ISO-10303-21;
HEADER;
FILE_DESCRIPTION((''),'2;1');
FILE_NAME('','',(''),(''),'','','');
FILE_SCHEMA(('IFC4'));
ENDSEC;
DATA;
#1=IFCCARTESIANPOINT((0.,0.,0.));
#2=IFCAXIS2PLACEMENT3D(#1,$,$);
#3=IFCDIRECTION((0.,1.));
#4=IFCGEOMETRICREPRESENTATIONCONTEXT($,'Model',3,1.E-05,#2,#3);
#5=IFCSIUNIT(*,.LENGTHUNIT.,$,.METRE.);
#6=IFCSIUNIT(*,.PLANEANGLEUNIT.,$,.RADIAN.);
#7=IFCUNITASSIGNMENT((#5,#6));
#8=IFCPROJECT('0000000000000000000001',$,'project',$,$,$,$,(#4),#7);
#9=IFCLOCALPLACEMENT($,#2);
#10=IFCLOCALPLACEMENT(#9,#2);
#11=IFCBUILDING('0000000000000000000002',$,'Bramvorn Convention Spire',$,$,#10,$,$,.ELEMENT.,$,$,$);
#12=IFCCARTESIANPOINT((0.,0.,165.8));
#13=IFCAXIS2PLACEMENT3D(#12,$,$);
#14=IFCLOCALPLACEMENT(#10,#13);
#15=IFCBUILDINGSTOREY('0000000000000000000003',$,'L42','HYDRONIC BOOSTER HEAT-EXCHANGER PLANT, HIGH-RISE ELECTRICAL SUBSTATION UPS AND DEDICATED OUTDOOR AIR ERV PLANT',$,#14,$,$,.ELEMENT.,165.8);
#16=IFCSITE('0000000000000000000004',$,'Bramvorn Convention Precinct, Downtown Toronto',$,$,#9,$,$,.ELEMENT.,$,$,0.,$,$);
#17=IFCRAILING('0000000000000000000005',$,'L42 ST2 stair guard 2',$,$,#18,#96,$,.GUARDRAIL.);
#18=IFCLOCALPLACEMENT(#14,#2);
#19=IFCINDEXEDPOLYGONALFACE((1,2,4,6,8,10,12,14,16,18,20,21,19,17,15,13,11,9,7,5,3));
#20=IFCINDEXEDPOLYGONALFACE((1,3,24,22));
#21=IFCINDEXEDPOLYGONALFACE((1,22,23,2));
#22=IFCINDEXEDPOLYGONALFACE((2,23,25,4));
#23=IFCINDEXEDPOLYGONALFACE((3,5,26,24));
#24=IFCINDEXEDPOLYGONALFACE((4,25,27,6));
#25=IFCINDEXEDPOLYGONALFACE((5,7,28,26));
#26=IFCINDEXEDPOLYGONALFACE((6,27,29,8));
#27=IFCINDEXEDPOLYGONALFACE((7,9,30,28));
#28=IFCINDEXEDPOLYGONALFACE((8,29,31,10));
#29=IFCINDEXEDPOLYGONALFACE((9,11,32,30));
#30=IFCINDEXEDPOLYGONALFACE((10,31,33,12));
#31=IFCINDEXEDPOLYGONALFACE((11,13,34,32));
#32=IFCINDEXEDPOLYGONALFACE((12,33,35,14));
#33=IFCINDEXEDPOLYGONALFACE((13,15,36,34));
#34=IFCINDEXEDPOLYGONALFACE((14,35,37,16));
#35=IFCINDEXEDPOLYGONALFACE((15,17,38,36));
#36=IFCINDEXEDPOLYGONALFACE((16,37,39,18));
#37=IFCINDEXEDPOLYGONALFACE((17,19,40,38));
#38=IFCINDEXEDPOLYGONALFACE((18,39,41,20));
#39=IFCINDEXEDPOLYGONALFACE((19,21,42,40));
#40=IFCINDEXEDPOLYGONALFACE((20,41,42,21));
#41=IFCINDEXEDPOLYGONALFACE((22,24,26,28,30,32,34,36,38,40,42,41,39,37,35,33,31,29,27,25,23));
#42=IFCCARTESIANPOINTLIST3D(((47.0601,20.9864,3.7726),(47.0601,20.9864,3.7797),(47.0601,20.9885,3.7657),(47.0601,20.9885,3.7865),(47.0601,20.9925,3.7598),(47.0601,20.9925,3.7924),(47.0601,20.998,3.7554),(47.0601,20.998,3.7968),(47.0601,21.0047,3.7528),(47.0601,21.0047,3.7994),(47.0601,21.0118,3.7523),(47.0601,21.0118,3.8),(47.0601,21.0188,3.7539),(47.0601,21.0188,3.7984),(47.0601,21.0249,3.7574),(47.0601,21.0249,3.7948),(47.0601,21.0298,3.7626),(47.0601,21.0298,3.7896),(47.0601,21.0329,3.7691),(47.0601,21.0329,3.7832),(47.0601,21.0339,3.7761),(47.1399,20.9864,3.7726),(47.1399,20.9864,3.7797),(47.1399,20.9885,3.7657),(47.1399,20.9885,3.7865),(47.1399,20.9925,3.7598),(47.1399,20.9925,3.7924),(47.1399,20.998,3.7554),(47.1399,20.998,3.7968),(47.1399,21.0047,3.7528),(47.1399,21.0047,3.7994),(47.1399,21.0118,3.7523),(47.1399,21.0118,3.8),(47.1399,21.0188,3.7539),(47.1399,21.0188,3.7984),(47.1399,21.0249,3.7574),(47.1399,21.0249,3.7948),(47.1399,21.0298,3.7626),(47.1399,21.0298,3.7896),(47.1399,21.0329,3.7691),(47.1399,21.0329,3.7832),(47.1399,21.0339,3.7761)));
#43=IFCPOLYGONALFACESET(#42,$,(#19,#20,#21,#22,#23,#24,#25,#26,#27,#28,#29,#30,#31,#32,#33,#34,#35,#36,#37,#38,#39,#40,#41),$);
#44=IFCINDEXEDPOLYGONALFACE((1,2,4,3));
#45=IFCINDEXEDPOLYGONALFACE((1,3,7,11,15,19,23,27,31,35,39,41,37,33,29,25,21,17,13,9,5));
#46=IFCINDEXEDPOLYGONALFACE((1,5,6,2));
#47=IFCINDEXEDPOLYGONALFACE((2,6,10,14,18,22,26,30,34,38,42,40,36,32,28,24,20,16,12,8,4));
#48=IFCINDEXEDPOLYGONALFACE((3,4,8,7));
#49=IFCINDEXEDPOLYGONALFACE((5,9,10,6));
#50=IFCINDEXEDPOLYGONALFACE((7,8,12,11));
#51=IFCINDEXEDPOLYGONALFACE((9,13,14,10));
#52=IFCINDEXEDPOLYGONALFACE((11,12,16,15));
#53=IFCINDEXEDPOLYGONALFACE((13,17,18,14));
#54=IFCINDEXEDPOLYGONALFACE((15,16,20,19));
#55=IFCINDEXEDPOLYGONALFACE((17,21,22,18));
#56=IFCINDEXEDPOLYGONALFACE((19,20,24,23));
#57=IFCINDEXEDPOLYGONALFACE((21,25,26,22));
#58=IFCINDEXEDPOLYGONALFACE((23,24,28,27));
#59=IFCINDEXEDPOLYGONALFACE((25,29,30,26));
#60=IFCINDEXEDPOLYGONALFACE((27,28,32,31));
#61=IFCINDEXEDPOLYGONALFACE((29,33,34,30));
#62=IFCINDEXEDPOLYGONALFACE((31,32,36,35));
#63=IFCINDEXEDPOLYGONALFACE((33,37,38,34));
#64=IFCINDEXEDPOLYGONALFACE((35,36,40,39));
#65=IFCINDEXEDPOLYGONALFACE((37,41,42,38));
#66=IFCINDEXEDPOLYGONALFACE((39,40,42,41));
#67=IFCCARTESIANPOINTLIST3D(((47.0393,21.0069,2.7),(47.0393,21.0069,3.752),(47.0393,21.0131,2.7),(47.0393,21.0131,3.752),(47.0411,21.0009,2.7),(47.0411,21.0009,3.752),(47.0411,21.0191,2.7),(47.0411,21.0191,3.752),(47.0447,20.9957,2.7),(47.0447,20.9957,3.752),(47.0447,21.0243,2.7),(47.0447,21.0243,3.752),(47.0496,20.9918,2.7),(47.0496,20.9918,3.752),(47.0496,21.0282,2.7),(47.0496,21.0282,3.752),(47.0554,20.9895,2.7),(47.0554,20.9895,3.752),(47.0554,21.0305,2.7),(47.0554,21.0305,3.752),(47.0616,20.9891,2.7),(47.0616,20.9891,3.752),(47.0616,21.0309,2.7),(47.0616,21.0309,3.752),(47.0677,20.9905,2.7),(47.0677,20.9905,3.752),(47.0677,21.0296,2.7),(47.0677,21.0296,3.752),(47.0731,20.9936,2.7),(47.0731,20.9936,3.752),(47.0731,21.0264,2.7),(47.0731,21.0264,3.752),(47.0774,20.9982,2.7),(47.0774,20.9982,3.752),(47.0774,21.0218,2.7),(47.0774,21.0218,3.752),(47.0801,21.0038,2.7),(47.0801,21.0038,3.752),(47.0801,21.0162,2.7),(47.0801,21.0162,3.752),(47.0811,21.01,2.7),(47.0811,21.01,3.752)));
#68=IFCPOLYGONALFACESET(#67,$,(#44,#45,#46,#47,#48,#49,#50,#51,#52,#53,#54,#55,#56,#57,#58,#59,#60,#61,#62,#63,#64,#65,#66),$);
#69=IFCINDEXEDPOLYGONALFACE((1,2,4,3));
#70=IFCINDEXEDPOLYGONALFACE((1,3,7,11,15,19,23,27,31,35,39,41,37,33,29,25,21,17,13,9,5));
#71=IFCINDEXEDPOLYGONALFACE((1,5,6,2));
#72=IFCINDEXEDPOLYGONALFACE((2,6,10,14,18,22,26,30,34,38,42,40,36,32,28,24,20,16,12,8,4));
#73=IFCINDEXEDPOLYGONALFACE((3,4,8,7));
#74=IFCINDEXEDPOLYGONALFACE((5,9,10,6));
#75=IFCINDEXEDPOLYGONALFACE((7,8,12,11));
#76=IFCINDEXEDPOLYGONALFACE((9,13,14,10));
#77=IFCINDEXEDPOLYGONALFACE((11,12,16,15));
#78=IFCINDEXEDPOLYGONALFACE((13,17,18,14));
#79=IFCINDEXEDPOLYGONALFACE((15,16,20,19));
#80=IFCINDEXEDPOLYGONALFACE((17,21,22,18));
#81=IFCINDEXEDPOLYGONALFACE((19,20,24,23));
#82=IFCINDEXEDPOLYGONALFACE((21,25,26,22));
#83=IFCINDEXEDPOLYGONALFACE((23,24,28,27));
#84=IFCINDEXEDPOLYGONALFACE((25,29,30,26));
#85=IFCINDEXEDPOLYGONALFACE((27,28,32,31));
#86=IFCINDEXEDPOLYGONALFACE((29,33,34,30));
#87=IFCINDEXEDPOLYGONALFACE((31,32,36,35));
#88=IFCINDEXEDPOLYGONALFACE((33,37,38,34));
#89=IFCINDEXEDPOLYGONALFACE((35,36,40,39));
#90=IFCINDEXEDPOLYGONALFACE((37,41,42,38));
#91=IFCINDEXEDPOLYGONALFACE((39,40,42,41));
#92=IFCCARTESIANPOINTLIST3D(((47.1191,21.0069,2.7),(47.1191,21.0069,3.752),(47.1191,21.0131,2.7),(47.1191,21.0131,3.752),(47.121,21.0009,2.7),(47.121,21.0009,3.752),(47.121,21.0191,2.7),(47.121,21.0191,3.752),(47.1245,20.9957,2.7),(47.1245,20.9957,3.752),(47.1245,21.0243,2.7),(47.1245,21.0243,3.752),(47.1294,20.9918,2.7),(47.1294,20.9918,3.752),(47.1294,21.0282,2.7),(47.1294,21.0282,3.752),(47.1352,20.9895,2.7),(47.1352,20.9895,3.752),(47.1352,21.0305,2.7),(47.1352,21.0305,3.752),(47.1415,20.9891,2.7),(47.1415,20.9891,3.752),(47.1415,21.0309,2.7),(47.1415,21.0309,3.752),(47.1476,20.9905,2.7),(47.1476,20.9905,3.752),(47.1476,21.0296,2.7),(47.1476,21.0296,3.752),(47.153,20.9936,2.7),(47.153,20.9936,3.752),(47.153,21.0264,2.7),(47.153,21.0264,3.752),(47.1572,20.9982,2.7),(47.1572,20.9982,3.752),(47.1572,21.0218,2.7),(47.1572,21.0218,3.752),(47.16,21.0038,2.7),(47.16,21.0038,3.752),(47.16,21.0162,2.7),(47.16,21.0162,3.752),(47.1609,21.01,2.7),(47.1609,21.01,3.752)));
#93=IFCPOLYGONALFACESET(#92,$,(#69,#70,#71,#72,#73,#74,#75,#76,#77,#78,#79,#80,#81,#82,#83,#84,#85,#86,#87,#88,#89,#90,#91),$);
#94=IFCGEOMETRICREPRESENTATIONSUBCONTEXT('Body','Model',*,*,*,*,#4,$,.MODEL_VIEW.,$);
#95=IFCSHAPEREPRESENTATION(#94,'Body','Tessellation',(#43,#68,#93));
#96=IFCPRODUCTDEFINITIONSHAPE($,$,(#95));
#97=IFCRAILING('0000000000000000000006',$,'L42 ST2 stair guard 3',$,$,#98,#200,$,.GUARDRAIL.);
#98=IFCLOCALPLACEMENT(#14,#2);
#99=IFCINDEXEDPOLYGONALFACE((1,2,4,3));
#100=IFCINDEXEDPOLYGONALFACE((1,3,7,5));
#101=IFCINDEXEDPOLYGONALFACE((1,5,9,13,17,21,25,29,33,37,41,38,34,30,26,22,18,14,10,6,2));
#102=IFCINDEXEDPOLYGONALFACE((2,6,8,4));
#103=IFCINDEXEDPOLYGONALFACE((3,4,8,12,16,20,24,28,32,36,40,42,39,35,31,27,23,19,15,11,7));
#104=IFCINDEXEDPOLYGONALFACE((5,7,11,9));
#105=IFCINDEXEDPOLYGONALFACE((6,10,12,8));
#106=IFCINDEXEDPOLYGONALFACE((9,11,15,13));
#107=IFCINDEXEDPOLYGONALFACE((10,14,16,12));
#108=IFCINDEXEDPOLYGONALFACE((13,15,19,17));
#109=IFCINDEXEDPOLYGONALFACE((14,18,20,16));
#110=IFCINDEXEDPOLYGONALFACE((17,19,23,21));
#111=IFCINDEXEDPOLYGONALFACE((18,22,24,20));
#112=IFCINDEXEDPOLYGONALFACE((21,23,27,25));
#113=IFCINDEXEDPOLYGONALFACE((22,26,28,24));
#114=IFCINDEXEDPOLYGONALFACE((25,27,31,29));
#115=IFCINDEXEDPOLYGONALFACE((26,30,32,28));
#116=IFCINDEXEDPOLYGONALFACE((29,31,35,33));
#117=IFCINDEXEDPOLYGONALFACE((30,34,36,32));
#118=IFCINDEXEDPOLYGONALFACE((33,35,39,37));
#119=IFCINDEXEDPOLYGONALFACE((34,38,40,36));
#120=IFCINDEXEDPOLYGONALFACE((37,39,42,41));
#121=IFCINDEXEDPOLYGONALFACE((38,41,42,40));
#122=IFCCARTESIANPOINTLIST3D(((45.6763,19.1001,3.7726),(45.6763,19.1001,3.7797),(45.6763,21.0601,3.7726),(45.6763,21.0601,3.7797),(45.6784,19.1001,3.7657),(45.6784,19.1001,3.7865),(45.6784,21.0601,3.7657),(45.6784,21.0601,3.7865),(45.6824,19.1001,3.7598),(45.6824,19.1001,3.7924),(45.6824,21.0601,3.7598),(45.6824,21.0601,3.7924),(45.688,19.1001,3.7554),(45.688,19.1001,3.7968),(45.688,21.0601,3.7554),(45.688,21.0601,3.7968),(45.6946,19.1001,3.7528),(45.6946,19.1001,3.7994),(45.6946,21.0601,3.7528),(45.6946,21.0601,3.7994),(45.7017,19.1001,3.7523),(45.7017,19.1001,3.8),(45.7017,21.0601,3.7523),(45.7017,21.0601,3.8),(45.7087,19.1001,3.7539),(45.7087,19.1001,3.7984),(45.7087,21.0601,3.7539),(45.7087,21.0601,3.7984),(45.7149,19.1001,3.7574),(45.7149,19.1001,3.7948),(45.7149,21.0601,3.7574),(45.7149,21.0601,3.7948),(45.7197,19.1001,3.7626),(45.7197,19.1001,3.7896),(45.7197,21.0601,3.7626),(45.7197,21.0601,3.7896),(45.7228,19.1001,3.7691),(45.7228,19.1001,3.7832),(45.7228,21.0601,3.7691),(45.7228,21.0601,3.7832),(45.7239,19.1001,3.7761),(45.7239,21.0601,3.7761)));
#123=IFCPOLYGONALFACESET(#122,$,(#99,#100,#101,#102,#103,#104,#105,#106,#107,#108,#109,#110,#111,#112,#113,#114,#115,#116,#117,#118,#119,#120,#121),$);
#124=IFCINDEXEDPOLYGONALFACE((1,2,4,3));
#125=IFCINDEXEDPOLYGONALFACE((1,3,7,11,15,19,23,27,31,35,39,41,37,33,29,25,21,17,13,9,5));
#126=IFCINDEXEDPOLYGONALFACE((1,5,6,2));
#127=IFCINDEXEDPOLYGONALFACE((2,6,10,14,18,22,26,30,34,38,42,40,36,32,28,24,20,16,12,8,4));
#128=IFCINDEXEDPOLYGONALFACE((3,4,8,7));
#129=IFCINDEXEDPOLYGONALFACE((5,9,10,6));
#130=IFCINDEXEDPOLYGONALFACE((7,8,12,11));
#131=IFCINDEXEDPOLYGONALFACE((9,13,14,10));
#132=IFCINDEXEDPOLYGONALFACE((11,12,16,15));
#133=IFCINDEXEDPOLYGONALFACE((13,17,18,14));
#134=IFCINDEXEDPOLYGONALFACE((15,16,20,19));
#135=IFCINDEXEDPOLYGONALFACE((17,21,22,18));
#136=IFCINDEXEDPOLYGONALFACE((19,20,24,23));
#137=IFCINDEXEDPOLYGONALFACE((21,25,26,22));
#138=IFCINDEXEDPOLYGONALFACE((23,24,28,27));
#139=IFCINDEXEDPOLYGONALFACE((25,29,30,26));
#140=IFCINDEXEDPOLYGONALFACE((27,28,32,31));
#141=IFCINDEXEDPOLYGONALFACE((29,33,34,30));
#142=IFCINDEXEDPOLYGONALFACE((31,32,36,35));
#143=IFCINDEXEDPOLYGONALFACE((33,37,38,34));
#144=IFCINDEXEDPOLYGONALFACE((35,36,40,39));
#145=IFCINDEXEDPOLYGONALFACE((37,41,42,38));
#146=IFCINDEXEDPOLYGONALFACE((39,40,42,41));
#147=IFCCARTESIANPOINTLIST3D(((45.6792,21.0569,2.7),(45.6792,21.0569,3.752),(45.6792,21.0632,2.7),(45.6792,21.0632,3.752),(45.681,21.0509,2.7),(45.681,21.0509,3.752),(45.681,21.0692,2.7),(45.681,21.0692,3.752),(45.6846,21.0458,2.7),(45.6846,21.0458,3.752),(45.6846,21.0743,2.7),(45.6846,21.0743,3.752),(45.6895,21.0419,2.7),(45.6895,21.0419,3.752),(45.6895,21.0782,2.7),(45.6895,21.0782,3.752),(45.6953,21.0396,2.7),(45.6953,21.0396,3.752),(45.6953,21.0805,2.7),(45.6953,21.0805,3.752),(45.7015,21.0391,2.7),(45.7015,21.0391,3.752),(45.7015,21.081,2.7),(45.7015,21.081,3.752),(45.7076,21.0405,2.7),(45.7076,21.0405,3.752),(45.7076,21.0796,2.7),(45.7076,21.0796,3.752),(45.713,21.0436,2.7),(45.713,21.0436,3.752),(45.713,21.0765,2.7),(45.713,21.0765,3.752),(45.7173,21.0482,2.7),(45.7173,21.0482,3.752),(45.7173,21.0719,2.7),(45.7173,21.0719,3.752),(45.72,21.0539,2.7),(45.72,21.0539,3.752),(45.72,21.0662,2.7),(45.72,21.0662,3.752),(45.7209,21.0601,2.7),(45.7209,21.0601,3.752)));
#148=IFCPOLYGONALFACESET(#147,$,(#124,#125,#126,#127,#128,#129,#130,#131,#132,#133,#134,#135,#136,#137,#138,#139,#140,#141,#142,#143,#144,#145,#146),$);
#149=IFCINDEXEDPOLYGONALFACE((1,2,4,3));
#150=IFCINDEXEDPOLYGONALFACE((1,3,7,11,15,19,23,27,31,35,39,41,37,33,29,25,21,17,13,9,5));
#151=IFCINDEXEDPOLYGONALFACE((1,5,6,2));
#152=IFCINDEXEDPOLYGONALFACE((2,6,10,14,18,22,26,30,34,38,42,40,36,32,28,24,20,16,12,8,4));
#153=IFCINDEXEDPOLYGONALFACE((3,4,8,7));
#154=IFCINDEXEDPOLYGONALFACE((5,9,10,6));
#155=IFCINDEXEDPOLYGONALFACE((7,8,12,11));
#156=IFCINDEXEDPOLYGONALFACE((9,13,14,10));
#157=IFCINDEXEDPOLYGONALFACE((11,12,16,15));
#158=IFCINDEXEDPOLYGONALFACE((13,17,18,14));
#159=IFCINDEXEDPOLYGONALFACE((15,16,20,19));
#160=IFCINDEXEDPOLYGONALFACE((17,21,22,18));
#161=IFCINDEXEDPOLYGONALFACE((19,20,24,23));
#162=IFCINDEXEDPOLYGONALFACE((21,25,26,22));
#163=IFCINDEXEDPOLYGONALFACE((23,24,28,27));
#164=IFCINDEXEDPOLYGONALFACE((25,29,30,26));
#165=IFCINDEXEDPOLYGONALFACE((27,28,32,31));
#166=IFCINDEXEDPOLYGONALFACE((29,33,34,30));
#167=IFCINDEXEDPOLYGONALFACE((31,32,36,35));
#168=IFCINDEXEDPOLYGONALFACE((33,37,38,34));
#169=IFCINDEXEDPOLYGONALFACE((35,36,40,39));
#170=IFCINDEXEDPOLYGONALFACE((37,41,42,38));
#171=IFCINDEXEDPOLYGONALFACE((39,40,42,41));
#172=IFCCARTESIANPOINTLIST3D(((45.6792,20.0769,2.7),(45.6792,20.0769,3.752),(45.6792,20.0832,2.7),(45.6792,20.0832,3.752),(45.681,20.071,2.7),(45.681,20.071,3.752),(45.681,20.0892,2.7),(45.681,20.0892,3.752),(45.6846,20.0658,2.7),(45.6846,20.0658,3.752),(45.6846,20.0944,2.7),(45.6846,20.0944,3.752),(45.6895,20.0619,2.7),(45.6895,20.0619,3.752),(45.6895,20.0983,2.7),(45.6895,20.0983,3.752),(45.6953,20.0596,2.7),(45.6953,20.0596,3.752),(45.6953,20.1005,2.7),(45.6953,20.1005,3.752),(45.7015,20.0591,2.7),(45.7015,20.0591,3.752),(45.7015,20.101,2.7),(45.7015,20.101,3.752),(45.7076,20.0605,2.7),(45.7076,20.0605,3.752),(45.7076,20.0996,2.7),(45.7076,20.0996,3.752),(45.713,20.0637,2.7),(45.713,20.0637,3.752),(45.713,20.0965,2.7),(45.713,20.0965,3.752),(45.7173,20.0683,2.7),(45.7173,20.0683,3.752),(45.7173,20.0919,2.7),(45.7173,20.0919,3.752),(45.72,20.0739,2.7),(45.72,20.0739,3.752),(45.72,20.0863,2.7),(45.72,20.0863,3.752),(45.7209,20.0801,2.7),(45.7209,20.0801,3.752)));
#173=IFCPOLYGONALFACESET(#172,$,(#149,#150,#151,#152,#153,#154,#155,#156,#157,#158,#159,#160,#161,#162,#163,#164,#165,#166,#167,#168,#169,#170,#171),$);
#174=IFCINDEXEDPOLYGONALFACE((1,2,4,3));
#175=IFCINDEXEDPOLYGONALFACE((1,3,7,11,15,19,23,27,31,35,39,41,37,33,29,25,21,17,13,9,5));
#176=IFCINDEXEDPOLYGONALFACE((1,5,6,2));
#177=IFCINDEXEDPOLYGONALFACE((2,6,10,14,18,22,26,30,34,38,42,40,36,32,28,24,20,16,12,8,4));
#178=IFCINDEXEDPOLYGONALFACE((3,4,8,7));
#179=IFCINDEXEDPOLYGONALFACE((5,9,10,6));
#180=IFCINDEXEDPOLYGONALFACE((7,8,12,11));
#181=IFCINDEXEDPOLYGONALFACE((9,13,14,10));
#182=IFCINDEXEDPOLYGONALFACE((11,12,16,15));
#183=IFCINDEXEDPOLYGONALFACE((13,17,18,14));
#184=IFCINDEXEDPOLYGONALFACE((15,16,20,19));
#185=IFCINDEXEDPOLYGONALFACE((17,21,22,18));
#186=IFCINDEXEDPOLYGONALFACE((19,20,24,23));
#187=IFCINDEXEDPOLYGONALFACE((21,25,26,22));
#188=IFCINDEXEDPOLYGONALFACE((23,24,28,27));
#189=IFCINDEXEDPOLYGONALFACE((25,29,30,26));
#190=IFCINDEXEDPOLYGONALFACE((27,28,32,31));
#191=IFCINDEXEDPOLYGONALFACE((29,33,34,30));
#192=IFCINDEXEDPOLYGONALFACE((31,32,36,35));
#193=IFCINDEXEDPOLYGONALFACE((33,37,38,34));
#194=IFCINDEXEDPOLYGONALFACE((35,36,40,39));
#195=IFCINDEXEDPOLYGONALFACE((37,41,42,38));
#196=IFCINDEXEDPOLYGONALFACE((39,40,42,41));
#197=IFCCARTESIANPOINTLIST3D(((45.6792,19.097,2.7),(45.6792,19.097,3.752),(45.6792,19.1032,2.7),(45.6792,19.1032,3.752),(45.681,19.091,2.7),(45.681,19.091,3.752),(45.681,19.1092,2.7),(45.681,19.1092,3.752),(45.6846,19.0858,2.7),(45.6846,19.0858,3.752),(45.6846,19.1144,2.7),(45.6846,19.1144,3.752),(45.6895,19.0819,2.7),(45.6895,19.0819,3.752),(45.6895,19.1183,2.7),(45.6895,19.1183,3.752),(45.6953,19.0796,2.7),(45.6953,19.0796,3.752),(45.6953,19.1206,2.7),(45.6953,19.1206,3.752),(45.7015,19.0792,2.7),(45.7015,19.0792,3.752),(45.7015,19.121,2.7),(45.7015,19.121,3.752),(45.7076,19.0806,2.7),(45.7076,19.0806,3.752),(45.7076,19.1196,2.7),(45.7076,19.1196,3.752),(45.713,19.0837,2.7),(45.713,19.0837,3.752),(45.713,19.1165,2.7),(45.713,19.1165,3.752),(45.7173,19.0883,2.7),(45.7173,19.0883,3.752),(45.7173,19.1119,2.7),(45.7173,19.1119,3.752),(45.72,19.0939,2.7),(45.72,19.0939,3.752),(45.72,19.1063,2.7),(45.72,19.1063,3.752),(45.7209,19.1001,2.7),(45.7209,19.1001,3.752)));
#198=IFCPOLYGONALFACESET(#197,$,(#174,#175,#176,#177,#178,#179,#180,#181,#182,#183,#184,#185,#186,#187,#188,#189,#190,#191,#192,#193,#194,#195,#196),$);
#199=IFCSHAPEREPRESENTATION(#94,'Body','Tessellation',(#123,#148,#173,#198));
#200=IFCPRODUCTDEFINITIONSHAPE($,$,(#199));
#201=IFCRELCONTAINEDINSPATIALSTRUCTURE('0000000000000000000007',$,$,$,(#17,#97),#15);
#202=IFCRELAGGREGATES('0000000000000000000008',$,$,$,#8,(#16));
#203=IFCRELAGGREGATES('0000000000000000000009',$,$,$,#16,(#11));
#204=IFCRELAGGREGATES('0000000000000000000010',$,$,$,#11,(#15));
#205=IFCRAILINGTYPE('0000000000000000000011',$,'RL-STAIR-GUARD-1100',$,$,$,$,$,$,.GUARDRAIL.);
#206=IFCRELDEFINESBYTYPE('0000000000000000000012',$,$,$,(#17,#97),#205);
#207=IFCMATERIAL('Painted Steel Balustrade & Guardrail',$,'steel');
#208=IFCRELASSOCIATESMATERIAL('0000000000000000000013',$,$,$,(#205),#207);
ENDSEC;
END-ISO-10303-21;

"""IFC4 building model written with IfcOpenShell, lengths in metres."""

from ifc_helpers import new_model, si_unit, direction, frame, origin, origin_2d, place, context, subcontext, project, spatial, circle, extrude, material, type_object, element, save


model = new_model("IFC4")

# Units and contexts
model_context = context("Model", 3, precision=1e-05, world=origin(), true_north=direction((0.0, 1.0)))
body_context = subcontext(model_context, "Body", "Model", "MODEL_VIEW")
ifc_project = project(units=[si_unit("LENGTHUNIT", "METRE"), si_unit("PLANEANGLEUNIT", "RADIAN")], contexts=[model_context])

# Site, building, storey
site_placement = place(None, origin())
site = spatial("IfcSite", under=ifc_project, at=site_placement, Name="Bramvorn Convention Precinct, Downtown Toronto", CompositionType="ELEMENT", RefElevation=0.0)
building_placement = place(site_placement, origin())
building = spatial("IfcBuilding", under=site, at=building_placement, Name="Bramvorn Convention Spire", CompositionType="ELEMENT")
storey_placement = place(building_placement, frame((0.0, 0.0, 165.8)))
storey = spatial("IfcBuildingStorey", under=building, at=storey_placement, Name="L42", Description="HYDRONIC BOOSTER HEAT-EXCHANGER PLANT, HIGH-RISE ELECTRICAL SUBSTATION UPS AND DEDICATED OUTDOOR AIR ERV PLANT", CompositionType="ELEMENT", Elevation=165.8)

# Railings
ifc_material_1 = material(Name="Painted Steel Balustrade & Guardrail", Category="steel")
railing_type_1 = type_object("IfcRailingType", Name="RL-STAIR-GUARD-1100", PredefinedType="GUARDRAIL", material=ifc_material_1)
railing_1_placement = place(storey_placement, frame((47.0601, 21.01, 2.7)))
element("IfcRailing", 1, at=railing_1_placement, inside=storey, type_object=railing_type_1, Name="L42 ST2 stair guard 2", PredefinedType="GUARDRAIL", context=body_context, shape_type="SweptSolid", body=[
    extrude(circle(Radius=0.0239, at=origin_2d()), frame((0.0, 0.0, 1.0762), z_axis=(1.0, 0.0, 0.0), x_axis=(0.0, 1.0, 0.0)), (0.0, 0.0, 1.0), 0.0798),
    extrude(circle(Radius=0.021, at=origin_2d()), origin(), (0.0, 0.0, 1.0), 1.052),
    extrude(circle(Radius=0.021, at=origin_2d()), frame((0.0798, 0.0, 0.0)), (0.0, 0.0, 1.0), 1.052),
])
for number, where, name in (
    (2, (45.7, 21.0601, 2.7), "L42 ST2 stair guard 3"),
):
    element("IfcRailing", number, at=place(storey_placement, frame(where)), inside=storey, type_object=railing_type_1, Name=name, PredefinedType="GUARDRAIL", context=body_context, shape_type="SweptSolid", body=[
        extrude(circle(Radius=0.0239, at=origin_2d()), frame((0.0, 0.0, 1.0762), z_axis=(0.0, -1.0, 0.0), x_axis=(1.0, 0.0, 0.0)), (0.0, 0.0, 1.0), 1.96),
        extrude(circle(Radius=0.021, at=origin_2d()), origin(), (0.0, 0.0, 1.0), 1.052),
        extrude(circle(Radius=0.021, at=origin_2d()), frame((0.0, -0.98, 0.0)), (0.0, 0.0, 1.0), 1.052),
        extrude(circle(Radius=0.021, at=origin_2d()), frame((0.0, -1.96, 0.0)), (0.0, 0.0, 1.0), 1.052),
    ])

save(model, "model.ifc")
